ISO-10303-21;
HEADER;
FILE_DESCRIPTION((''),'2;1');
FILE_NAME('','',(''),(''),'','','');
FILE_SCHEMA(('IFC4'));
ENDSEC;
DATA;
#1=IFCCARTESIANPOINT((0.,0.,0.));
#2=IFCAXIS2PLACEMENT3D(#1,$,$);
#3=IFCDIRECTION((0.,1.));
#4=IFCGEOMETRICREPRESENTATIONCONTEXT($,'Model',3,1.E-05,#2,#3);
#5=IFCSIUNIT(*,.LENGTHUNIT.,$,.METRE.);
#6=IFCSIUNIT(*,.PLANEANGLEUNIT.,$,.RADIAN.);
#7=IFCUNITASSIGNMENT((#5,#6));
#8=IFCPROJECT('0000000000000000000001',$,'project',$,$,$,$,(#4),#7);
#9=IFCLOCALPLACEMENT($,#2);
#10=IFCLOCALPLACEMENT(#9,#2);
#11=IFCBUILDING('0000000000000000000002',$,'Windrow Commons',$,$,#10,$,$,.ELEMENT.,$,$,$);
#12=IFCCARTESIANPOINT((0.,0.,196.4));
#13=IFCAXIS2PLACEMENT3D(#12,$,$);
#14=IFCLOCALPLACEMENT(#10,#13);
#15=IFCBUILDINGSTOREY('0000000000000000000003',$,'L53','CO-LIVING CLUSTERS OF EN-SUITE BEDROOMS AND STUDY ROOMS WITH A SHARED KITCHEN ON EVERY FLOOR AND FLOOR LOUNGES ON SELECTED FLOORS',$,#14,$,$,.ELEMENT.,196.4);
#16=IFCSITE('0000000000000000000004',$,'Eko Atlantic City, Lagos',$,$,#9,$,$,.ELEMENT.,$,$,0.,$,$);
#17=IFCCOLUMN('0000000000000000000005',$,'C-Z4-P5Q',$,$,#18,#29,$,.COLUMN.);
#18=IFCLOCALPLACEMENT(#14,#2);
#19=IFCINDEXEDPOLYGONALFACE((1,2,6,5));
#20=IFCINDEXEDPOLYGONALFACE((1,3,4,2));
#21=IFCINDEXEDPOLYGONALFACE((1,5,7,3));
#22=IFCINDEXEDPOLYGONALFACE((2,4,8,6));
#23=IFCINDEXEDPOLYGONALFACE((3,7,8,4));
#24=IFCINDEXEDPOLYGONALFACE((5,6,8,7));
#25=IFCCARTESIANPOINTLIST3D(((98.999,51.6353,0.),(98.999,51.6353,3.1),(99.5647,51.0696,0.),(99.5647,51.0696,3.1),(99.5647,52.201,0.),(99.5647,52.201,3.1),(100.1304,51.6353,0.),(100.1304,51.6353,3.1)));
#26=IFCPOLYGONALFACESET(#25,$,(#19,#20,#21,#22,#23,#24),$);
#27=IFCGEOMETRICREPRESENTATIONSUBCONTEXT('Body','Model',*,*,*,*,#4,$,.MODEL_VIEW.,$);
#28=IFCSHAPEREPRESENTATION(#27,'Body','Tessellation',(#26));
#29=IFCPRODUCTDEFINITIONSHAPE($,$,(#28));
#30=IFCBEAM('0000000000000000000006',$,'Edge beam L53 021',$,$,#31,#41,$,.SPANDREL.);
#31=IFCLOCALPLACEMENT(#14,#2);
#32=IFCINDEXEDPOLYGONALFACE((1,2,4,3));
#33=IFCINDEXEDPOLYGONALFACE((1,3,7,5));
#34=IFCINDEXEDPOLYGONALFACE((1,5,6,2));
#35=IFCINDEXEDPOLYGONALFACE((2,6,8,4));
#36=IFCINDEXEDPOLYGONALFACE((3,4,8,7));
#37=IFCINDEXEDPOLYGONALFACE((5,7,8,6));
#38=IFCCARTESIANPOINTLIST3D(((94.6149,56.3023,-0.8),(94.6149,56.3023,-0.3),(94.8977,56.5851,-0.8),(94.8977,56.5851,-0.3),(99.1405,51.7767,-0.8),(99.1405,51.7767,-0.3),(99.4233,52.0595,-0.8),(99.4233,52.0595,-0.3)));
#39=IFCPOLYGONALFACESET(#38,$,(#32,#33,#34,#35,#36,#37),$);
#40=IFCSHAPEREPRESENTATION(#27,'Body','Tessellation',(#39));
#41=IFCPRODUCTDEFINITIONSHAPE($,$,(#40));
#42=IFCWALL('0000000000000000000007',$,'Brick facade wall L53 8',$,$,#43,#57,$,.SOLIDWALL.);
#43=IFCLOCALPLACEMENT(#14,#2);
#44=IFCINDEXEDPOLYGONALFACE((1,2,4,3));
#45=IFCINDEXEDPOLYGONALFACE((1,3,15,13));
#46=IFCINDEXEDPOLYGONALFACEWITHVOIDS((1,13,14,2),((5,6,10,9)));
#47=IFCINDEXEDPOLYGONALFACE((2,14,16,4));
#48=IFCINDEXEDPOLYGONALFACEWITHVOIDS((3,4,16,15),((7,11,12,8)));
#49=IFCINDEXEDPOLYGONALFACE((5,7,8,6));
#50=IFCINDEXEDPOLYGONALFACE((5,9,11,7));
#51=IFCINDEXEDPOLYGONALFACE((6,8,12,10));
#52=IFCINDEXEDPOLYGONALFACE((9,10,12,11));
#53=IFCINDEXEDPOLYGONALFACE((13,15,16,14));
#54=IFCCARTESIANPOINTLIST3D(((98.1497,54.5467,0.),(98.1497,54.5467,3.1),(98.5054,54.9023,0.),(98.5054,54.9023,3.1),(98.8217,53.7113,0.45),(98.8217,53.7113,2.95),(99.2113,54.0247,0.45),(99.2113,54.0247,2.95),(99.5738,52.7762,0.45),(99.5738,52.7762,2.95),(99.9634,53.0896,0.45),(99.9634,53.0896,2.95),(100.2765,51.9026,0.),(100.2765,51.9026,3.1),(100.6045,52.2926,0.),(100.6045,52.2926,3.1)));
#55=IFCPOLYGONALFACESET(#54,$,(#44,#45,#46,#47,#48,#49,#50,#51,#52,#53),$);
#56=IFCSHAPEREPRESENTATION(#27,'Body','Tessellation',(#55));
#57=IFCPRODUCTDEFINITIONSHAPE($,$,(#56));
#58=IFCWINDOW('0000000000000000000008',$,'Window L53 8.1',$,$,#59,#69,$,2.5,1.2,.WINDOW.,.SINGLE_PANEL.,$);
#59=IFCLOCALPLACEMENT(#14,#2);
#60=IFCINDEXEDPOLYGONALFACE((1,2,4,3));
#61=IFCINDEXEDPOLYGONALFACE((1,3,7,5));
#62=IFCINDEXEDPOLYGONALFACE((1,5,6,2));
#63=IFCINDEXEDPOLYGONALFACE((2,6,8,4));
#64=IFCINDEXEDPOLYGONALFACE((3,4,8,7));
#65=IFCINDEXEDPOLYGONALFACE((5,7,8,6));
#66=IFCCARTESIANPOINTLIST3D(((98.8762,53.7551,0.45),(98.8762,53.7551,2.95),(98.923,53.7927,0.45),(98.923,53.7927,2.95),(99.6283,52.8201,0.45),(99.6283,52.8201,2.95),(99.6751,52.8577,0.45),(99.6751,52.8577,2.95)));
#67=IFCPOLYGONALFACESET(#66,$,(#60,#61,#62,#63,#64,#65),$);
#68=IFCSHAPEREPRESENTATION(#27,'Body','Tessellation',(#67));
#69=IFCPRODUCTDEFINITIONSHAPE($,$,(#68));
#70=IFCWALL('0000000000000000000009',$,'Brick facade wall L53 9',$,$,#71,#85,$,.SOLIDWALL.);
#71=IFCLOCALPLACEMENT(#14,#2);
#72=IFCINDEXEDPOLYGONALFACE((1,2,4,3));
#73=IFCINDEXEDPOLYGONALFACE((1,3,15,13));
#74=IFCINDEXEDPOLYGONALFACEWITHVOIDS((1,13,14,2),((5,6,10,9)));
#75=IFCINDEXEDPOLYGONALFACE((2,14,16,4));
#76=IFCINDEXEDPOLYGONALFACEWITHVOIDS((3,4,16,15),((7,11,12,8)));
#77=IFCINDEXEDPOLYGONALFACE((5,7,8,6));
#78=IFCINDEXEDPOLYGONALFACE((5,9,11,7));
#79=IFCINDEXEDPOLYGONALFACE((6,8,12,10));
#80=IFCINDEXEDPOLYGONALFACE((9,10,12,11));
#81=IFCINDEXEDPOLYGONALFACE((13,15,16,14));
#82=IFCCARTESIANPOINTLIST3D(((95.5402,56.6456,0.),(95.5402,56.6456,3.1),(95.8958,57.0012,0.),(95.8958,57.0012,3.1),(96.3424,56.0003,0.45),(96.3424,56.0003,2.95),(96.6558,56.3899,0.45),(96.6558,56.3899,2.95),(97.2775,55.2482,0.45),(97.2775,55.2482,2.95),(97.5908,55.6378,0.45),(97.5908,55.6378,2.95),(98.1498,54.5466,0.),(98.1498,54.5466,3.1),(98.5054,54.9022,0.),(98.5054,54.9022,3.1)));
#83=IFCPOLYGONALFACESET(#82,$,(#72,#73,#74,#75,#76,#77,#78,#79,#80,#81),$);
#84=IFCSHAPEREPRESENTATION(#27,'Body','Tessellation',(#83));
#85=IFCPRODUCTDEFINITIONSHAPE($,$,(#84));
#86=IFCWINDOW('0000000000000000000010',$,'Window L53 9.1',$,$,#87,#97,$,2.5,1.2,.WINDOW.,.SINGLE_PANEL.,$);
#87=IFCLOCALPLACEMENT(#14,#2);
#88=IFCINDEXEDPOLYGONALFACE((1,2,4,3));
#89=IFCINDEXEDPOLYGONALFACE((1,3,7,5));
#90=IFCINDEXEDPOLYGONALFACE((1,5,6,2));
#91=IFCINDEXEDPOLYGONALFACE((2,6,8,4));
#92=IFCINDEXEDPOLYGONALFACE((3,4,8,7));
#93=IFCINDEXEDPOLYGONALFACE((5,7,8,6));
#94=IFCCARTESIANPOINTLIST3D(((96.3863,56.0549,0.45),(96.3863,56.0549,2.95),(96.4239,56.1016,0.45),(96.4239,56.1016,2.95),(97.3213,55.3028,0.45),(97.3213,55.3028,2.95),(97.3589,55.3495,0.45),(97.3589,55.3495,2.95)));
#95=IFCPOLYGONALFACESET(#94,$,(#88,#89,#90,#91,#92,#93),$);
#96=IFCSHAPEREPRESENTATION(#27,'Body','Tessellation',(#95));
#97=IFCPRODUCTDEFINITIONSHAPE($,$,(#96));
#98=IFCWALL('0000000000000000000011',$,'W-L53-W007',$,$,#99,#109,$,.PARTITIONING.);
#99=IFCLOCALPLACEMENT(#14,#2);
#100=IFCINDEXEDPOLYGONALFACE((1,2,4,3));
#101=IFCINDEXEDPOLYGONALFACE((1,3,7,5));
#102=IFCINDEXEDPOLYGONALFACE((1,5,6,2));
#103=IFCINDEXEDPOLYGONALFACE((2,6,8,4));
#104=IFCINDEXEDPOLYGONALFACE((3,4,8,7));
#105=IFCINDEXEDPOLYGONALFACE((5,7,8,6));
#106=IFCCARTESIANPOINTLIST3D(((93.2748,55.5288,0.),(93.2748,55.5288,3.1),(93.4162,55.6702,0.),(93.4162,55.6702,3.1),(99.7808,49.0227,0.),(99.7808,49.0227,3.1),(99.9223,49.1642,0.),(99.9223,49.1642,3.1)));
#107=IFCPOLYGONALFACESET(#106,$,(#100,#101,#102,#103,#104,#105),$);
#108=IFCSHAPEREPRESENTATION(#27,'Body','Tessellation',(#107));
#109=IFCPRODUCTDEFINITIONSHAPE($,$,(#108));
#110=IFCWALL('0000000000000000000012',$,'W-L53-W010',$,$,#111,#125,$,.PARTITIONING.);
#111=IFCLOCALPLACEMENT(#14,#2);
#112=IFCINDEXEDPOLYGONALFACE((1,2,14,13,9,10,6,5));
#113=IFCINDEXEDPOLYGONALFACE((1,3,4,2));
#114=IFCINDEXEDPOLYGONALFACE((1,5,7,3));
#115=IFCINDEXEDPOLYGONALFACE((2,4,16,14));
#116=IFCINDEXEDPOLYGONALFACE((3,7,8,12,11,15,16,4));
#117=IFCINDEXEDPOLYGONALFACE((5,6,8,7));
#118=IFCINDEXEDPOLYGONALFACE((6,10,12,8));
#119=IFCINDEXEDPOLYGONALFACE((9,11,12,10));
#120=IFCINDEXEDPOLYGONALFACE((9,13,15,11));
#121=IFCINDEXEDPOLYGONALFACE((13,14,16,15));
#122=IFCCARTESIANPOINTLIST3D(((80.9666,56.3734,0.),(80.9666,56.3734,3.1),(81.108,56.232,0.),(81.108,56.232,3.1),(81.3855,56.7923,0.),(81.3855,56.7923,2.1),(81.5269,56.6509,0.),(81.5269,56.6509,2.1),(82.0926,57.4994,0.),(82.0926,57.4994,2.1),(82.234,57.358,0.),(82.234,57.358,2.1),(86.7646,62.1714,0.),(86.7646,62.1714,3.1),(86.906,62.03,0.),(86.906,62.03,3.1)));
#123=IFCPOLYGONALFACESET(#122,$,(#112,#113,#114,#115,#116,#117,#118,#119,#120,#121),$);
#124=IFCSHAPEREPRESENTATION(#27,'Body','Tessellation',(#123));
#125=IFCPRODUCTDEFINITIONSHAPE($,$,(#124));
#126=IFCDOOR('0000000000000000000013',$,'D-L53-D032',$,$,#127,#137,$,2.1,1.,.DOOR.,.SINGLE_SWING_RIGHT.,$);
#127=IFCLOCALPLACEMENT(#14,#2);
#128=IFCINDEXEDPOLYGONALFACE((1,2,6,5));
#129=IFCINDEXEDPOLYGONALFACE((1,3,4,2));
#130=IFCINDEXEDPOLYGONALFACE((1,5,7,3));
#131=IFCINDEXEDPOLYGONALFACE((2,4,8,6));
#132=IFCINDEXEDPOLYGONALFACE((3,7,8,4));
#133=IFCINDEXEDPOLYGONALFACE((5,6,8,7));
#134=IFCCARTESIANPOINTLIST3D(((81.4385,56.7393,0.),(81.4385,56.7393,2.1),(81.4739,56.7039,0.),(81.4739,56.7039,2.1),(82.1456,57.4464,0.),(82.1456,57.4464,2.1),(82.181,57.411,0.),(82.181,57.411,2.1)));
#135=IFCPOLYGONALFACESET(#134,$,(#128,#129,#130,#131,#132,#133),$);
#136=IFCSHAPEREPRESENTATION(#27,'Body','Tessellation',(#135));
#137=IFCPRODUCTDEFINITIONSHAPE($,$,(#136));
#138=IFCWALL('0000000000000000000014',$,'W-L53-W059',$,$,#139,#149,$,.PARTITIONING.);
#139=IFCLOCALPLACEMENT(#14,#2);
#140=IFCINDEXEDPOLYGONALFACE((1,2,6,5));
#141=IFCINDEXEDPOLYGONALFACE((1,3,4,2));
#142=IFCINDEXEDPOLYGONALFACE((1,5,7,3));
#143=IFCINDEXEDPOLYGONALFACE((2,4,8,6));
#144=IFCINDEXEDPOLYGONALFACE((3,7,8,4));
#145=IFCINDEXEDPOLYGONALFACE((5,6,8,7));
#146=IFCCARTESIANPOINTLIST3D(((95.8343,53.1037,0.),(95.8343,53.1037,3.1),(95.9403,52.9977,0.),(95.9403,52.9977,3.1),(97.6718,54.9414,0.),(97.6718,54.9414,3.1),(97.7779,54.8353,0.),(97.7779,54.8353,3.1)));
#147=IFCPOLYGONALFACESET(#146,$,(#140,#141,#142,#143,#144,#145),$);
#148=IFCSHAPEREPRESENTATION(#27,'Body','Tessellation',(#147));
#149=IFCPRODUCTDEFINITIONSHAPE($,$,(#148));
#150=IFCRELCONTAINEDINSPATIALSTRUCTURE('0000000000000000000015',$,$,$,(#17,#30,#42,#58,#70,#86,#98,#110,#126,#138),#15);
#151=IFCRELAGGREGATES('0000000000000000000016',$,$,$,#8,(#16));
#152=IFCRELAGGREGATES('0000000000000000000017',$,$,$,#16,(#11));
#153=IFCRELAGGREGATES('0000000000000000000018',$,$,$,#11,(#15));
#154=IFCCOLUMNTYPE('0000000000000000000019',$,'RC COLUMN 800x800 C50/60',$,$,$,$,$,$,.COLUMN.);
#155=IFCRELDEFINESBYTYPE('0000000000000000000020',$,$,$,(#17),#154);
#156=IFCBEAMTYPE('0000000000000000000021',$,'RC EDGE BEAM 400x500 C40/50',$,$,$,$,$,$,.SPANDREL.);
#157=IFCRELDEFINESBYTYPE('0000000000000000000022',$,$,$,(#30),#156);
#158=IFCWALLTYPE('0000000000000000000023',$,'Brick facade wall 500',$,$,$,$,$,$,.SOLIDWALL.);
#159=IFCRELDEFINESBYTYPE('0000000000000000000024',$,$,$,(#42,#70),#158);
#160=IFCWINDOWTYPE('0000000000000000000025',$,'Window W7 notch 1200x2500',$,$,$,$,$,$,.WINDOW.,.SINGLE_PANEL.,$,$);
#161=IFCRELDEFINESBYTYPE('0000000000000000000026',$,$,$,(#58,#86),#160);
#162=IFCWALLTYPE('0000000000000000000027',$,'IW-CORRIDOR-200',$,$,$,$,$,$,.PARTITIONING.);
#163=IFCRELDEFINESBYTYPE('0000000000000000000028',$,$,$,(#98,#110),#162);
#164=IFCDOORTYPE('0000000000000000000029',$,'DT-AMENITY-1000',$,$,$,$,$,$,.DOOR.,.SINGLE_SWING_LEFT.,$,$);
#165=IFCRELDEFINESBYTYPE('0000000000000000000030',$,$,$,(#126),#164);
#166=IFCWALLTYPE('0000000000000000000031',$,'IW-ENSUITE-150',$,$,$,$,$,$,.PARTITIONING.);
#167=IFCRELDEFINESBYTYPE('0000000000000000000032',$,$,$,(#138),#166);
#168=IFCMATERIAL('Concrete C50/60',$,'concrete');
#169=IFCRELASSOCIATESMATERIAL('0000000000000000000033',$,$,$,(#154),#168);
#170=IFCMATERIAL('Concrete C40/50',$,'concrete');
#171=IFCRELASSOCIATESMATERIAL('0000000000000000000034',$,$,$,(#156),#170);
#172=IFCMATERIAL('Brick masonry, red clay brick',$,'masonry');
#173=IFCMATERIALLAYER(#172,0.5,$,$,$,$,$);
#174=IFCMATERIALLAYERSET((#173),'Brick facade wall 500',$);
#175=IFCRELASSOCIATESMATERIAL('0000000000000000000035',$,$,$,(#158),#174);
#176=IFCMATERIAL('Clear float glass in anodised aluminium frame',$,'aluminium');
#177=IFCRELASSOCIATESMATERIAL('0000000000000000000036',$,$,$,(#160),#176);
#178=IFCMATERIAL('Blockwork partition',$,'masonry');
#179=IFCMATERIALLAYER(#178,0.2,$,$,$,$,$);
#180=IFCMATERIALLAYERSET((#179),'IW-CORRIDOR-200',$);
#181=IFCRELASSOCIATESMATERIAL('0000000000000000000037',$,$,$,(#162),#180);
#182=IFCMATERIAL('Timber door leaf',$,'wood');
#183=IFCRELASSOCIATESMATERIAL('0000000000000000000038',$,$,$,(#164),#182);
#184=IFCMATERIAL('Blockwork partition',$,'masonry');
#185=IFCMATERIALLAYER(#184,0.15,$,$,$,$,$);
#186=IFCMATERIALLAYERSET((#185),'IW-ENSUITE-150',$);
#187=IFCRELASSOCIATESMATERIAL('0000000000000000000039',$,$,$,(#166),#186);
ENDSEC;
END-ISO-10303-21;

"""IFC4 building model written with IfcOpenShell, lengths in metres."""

from ifc_helpers import new_model, si_unit, direction, frame, frame_2d, origin, origin_2d, place, context, subcontext, project, spatial, polyline, rectangle, outline, extrude, material, layer, layer_set, material_profile, profile_set, type_object, element, fill, save


model = new_model("IFC4")

# Units and contexts
model_context = context("Model", 3, precision=1e-05, world=origin(), true_north=direction((0.0, 1.0)))
body_context = subcontext(model_context, "Body", "Model", "MODEL_VIEW")
ifc_project = project(units=[si_unit("LENGTHUNIT", "METRE"), si_unit("PLANEANGLEUNIT", "RADIAN")], contexts=[model_context])

# Site, building, storey
site_placement = place(None, origin())
site = spatial("IfcSite", under=ifc_project, at=site_placement, Name="Eko Atlantic City, Lagos", CompositionType="ELEMENT", RefElevation=0.0)
building_placement = place(site_placement, origin())
building = spatial("IfcBuilding", under=site, at=building_placement, Name="Windrow Commons", CompositionType="ELEMENT")
storey_placement = place(building_placement, frame((0.0, 0.0, 196.4)))
storey = spatial("IfcBuildingStorey", under=building, at=storey_placement, Name="L53", Description="CO-LIVING CLUSTERS OF EN-SUITE BEDROOMS AND STUDY ROOMS WITH A SHARED KITCHEN ON EVERY FLOOR AND FLOOR LOUNGES ON SELECTED FLOORS", CompositionType="ELEMENT", Elevation=196.4)

# Column
ifc_material_1 = material(Name="Concrete C50/60", Category="concrete")
ifc_material_profile_1 = material_profile(ifc_material_1, rectangle(XDim=0.8, YDim=0.8, at=origin_2d()))
ifc_profile_set_1 = profile_set([ifc_material_profile_1], Name="Concrete C50/60")
column_type = type_object("IfcColumnType", Name="RC COLUMN 800x800 C50/60", PredefinedType="COLUMN", material=ifc_profile_set_1)
column_placement = place(storey_placement, frame((99.5647, 51.6353, 0.0), z_axis=(0.0, 0.0, 1.0), x_axis=(0.707107, -0.707107, 0.0)))
element("IfcColumn", 1, at=column_placement, inside=storey, type_object=column_type, Name="C-Z4-P5Q", PredefinedType="COLUMN", context=body_context, shape_type="SweptSolid", body=[
    extrude(rectangle(XDim=0.8, YDim=0.8, at=origin_2d()), origin(), (0.0, 0.0, 1.0), 3.1),
])

# Beam
ifc_material_2 = material(Name="Concrete C40/50", Category="concrete")
ifc_material_profile_2 = material_profile(ifc_material_2, rectangle(XDim=0.4, YDim=0.5, at=origin_2d()))
ifc_profile_set_2 = profile_set([ifc_material_profile_2], Name="Concrete C40/50")
beam_type = type_object("IfcBeamType", Name="RC EDGE BEAM 400x500 C40/50", PredefinedType="SPANDREL", material=ifc_profile_set_2)
beam_placement = place(storey_placement, frame((94.7563, 56.4437, -0.55), z_axis=(0.707107, -0.707107, 0.0), x_axis=(0.707107, 0.707107, 0.0)))
element("IfcBeam", 2, at=beam_placement, inside=storey, type_object=beam_type, Name="Edge beam L53 021", PredefinedType="SPANDREL", context=body_context, shape_type="SweptSolid", body=[
    extrude(rectangle(XDim=0.4, YDim=0.5, at=origin_2d()), origin(), (0.0, 0.0, 1.0), 6.4002),
])

# Walls, openings, windows
ifc_material_3 = material(Name="Brick masonry, red clay brick", Category="masonry")
ifc_layer_1 = layer(ifc_material_3, 0.5)
ifc_layer_set_1 = layer_set([ifc_layer_1], Name="Brick facade wall 500")
wall_type_1 = type_object("IfcWallType", Name="Brick facade wall 500", PredefinedType="SOLIDWALL", material=ifc_layer_set_1)
wall_1_placement = place(storey_placement, frame((100.4405, 52.0976, 0.0), z_axis=(0.0, 0.0, 1.0), x_axis=(-0.626766, 0.779208, 0.0)))
wall_1 = element("IfcWall", 3, at=wall_1_placement, inside=storey, type_object=wall_type_1, Name="Brick facade wall L53 8", PredefinedType="SOLIDWALL", context=body_context, shape_type="SweptSolid", body=[
    extrude(outline(polyline([(0.0492, -0.25), (3.3983, -0.25), (3.3441, 0.25), (-0.0492, 0.25), (0.0492, -0.25)])), origin(), (0.0, 0.0, 1.0), 3.1),
])
opening_1_placement = place(wall_1_placement, frame((1.072, 0.0, 0.45)))
opening_1 = element("IfcOpeningElement", 4, at=opening_1_placement, cuts=wall_1, PredefinedType="OPENING", context=body_context, shape_type="SweptSolid", body=[
    extrude(rectangle(XDim=1.2, YDim=2.5, at=frame_2d((0.6, 1.25))), frame((0.0, 0.26, 0.0), z_axis=(0.0, -1.0, 0.0), x_axis=(1.0, 0.0, 0.0)), (0.0, 0.0, 1.0), 0.52),
])
ifc_material_4 = material(Name="Clear float glass in anodised aluminium frame", Category="aluminium")
window_type = type_object("IfcWindowType", Name="Window W7 notch 1200x2500", PartitioningType="SINGLE_PANEL", PredefinedType="WINDOW", material=ifc_material_4)
window_1_placement = place(opening_1_placement, origin())
window_1 = element("IfcWindow", 5, at=window_1_placement, inside=storey, type_object=window_type, Name="Window L53 8.1", OverallHeight=2.5, OverallWidth=1.2, PartitioningType="SINGLE_PANEL", PredefinedType="WINDOW", context=body_context, shape_type="SweptSolid", body=[
    extrude(rectangle(XDim=1.2, YDim=2.5, at=frame_2d((0.6, 1.25))), frame((0.0, 0.18, 0.0), z_axis=(0.0, -1.0, 0.0), x_axis=(1.0, 0.0, 0.0)), (0.0, 0.0, 1.0), 0.06),
])
fill(opening_1, window_1)
wall_2_placement = place(storey_placement, frame((98.3276, 54.7244, 0.0), z_axis=(0.0, 0.0, 1.0), x_axis=(-0.779217, 0.626754, 0.0)))
wall_2 = element("IfcWall", 6, at=wall_2_placement, inside=storey, type_object=wall_type_1, Name="Brick facade wall L53 9", PredefinedType="SOLIDWALL", context=body_context, shape_type="SweptSolid", body=[
    extrude(outline(polyline([(-0.0271, -0.25), (3.3219, -0.25), (3.3761, 0.25), (0.0271, 0.25), (-0.0271, -0.25)])), origin(), (0.0, 0.0, 1.0), 3.1),
])
opening_2_placement = place(wall_2_placement, frame((1.1466, 0.0, 0.45)))
opening_2 = element("IfcOpeningElement", 7, at=opening_2_placement, cuts=wall_2, PredefinedType="OPENING", context=body_context, shape_type="SweptSolid", body=[
    extrude(rectangle(XDim=1.2, YDim=2.5, at=frame_2d((0.6, 1.25))), frame((0.0, 0.26, 0.0), z_axis=(0.0, -1.0, 0.0), x_axis=(1.0, 0.0, 0.0)), (0.0, 0.0, 1.0), 0.52),
])
window_2_placement = place(opening_2_placement, origin())
window_2 = element("IfcWindow", 8, at=window_2_placement, inside=storey, type_object=window_type, Name="Window L53 9.1", OverallHeight=2.5, OverallWidth=1.2, PartitioningType="SINGLE_PANEL", PredefinedType="WINDOW", context=body_context, shape_type="SweptSolid", body=[
    extrude(rectangle(XDim=1.2, YDim=2.5, at=frame_2d((0.6, 1.25))), frame((0.0, 0.18, 0.0), z_axis=(0.0, -1.0, 0.0), x_axis=(1.0, 0.0, 0.0)), (0.0, 0.0, 1.0), 0.06),
])
fill(opening_2, window_2)

# Wall
ifc_material_5 = material(Name="Blockwork partition", Category="masonry")
ifc_layer_2 = layer(ifc_material_5, 0.2)
ifc_layer_set_2 = layer_set([ifc_layer_2], Name="IW-CORRIDOR-200")
wall_type_2 = type_object("IfcWallType", Name="IW-CORRIDOR-200", PredefinedType="PARTITIONING", material=ifc_layer_set_2)
wall_3_placement = place(storey_placement, frame((93.3455, 55.5995, 0.0), z_axis=(0.0, 0.0, 1.0), x_axis=(0.707107, -0.707107, 0.0)))
element("IfcWall", 9, at=wall_3_placement, inside=storey, type_object=wall_type_2, Name="W-L53-W007", PredefinedType="PARTITIONING", context=body_context, shape_type="SweptSolid", body=[
    extrude(rectangle(XDim=9.2009, YDim=0.2, at=frame_2d((4.6005, 0.0))), origin(), (0.0, 0.0, 1.0), 3.1),
])

# Wall, opening, door
wall_4_placement = place(storey_placement, frame((81.0373, 56.3027, 0.0), z_axis=(0.0, 0.0, 1.0), x_axis=(0.707107, 0.707107, 0.0)))
wall_4 = element("IfcWall", 10, at=wall_4_placement, inside=storey, type_object=wall_type_2, Name="W-L53-W010", PredefinedType="PARTITIONING", context=body_context, shape_type="SweptSolid", body=[
    extrude(rectangle(XDim=8.1996, YDim=0.2, at=frame_2d((4.0998, 0.0))), origin(), (0.0, 0.0, 1.0), 3.1),
])
opening_3_placement = place(wall_4_placement, frame((0.5924, 0.0, 0.0)))
opening_3 = element("IfcOpeningElement", 11, at=opening_3_placement, cuts=wall_4, PredefinedType="OPENING", context=body_context, shape_type="SweptSolid", body=[
    extrude(rectangle(XDim=1.0, YDim=2.1, at=frame_2d((0.5, 1.05))), frame((0.0, 0.11, 0.0), z_axis=(0.0, -1.0, 0.0), x_axis=(1.0, 0.0, 0.0)), (0.0, 0.0, 1.0), 0.22),
])
ifc_material_6 = material(Name="Timber door leaf", Category="wood")
door_type_1 = type_object("IfcDoorType", Name="DT-AMENITY-1000", OperationType="SINGLE_SWING_LEFT", PredefinedType="DOOR", material=ifc_material_6)
door_1_placement = place(opening_3_placement, origin())
door_1 = element("IfcDoor", 12, at=door_1_placement, inside=storey, type_object=door_type_1, Name="D-L53-D032", OperationType="SINGLE_SWING_RIGHT", OverallHeight=2.1, OverallWidth=1.0, PredefinedType="DOOR", context=body_context, shape_type="SweptSolid", body=[
    extrude(rectangle(XDim=1.0, YDim=2.1, at=frame_2d((0.5, 1.05))), frame((0.0, 0.025, 0.0), z_axis=(0.0, -1.0, 0.0), x_axis=(1.0, 0.0, 0.0)), (0.0, 0.0, 1.0), 0.05),
])
fill(opening_3, door_1)

# Wall
ifc_material_7 = material(Name="Blockwork partition", Category="masonry")
ifc_layer_3 = layer(ifc_material_7, 0.15)
ifc_layer_set_3 = layer_set([ifc_layer_3], Name="IW-ENSUITE-150")
wall_type_3 = type_object("IfcWallType", Name="IW-ENSUITE-150", PredefinedType="PARTITIONING", material=ifc_layer_set_3)
wall_5_placement = place(storey_placement, frame((95.8873, 53.0507, 0.0), z_axis=(0.0, 0.0, 1.0), x_axis=(0.707088, 0.707126, 0.0)))
element("IfcWall", 13, at=wall_5_placement, inside=storey, type_object=wall_type_3, Name="W-L53-W059", PredefinedType="PARTITIONING", context=body_context, shape_type="SweptSolid", body=[
    extrude(rectangle(XDim=2.5988, YDim=0.15, at=frame_2d((1.2994, 0.0))), origin(), (0.0, 0.0, 1.0), 3.1),
])

save(model, "model.ifc")
